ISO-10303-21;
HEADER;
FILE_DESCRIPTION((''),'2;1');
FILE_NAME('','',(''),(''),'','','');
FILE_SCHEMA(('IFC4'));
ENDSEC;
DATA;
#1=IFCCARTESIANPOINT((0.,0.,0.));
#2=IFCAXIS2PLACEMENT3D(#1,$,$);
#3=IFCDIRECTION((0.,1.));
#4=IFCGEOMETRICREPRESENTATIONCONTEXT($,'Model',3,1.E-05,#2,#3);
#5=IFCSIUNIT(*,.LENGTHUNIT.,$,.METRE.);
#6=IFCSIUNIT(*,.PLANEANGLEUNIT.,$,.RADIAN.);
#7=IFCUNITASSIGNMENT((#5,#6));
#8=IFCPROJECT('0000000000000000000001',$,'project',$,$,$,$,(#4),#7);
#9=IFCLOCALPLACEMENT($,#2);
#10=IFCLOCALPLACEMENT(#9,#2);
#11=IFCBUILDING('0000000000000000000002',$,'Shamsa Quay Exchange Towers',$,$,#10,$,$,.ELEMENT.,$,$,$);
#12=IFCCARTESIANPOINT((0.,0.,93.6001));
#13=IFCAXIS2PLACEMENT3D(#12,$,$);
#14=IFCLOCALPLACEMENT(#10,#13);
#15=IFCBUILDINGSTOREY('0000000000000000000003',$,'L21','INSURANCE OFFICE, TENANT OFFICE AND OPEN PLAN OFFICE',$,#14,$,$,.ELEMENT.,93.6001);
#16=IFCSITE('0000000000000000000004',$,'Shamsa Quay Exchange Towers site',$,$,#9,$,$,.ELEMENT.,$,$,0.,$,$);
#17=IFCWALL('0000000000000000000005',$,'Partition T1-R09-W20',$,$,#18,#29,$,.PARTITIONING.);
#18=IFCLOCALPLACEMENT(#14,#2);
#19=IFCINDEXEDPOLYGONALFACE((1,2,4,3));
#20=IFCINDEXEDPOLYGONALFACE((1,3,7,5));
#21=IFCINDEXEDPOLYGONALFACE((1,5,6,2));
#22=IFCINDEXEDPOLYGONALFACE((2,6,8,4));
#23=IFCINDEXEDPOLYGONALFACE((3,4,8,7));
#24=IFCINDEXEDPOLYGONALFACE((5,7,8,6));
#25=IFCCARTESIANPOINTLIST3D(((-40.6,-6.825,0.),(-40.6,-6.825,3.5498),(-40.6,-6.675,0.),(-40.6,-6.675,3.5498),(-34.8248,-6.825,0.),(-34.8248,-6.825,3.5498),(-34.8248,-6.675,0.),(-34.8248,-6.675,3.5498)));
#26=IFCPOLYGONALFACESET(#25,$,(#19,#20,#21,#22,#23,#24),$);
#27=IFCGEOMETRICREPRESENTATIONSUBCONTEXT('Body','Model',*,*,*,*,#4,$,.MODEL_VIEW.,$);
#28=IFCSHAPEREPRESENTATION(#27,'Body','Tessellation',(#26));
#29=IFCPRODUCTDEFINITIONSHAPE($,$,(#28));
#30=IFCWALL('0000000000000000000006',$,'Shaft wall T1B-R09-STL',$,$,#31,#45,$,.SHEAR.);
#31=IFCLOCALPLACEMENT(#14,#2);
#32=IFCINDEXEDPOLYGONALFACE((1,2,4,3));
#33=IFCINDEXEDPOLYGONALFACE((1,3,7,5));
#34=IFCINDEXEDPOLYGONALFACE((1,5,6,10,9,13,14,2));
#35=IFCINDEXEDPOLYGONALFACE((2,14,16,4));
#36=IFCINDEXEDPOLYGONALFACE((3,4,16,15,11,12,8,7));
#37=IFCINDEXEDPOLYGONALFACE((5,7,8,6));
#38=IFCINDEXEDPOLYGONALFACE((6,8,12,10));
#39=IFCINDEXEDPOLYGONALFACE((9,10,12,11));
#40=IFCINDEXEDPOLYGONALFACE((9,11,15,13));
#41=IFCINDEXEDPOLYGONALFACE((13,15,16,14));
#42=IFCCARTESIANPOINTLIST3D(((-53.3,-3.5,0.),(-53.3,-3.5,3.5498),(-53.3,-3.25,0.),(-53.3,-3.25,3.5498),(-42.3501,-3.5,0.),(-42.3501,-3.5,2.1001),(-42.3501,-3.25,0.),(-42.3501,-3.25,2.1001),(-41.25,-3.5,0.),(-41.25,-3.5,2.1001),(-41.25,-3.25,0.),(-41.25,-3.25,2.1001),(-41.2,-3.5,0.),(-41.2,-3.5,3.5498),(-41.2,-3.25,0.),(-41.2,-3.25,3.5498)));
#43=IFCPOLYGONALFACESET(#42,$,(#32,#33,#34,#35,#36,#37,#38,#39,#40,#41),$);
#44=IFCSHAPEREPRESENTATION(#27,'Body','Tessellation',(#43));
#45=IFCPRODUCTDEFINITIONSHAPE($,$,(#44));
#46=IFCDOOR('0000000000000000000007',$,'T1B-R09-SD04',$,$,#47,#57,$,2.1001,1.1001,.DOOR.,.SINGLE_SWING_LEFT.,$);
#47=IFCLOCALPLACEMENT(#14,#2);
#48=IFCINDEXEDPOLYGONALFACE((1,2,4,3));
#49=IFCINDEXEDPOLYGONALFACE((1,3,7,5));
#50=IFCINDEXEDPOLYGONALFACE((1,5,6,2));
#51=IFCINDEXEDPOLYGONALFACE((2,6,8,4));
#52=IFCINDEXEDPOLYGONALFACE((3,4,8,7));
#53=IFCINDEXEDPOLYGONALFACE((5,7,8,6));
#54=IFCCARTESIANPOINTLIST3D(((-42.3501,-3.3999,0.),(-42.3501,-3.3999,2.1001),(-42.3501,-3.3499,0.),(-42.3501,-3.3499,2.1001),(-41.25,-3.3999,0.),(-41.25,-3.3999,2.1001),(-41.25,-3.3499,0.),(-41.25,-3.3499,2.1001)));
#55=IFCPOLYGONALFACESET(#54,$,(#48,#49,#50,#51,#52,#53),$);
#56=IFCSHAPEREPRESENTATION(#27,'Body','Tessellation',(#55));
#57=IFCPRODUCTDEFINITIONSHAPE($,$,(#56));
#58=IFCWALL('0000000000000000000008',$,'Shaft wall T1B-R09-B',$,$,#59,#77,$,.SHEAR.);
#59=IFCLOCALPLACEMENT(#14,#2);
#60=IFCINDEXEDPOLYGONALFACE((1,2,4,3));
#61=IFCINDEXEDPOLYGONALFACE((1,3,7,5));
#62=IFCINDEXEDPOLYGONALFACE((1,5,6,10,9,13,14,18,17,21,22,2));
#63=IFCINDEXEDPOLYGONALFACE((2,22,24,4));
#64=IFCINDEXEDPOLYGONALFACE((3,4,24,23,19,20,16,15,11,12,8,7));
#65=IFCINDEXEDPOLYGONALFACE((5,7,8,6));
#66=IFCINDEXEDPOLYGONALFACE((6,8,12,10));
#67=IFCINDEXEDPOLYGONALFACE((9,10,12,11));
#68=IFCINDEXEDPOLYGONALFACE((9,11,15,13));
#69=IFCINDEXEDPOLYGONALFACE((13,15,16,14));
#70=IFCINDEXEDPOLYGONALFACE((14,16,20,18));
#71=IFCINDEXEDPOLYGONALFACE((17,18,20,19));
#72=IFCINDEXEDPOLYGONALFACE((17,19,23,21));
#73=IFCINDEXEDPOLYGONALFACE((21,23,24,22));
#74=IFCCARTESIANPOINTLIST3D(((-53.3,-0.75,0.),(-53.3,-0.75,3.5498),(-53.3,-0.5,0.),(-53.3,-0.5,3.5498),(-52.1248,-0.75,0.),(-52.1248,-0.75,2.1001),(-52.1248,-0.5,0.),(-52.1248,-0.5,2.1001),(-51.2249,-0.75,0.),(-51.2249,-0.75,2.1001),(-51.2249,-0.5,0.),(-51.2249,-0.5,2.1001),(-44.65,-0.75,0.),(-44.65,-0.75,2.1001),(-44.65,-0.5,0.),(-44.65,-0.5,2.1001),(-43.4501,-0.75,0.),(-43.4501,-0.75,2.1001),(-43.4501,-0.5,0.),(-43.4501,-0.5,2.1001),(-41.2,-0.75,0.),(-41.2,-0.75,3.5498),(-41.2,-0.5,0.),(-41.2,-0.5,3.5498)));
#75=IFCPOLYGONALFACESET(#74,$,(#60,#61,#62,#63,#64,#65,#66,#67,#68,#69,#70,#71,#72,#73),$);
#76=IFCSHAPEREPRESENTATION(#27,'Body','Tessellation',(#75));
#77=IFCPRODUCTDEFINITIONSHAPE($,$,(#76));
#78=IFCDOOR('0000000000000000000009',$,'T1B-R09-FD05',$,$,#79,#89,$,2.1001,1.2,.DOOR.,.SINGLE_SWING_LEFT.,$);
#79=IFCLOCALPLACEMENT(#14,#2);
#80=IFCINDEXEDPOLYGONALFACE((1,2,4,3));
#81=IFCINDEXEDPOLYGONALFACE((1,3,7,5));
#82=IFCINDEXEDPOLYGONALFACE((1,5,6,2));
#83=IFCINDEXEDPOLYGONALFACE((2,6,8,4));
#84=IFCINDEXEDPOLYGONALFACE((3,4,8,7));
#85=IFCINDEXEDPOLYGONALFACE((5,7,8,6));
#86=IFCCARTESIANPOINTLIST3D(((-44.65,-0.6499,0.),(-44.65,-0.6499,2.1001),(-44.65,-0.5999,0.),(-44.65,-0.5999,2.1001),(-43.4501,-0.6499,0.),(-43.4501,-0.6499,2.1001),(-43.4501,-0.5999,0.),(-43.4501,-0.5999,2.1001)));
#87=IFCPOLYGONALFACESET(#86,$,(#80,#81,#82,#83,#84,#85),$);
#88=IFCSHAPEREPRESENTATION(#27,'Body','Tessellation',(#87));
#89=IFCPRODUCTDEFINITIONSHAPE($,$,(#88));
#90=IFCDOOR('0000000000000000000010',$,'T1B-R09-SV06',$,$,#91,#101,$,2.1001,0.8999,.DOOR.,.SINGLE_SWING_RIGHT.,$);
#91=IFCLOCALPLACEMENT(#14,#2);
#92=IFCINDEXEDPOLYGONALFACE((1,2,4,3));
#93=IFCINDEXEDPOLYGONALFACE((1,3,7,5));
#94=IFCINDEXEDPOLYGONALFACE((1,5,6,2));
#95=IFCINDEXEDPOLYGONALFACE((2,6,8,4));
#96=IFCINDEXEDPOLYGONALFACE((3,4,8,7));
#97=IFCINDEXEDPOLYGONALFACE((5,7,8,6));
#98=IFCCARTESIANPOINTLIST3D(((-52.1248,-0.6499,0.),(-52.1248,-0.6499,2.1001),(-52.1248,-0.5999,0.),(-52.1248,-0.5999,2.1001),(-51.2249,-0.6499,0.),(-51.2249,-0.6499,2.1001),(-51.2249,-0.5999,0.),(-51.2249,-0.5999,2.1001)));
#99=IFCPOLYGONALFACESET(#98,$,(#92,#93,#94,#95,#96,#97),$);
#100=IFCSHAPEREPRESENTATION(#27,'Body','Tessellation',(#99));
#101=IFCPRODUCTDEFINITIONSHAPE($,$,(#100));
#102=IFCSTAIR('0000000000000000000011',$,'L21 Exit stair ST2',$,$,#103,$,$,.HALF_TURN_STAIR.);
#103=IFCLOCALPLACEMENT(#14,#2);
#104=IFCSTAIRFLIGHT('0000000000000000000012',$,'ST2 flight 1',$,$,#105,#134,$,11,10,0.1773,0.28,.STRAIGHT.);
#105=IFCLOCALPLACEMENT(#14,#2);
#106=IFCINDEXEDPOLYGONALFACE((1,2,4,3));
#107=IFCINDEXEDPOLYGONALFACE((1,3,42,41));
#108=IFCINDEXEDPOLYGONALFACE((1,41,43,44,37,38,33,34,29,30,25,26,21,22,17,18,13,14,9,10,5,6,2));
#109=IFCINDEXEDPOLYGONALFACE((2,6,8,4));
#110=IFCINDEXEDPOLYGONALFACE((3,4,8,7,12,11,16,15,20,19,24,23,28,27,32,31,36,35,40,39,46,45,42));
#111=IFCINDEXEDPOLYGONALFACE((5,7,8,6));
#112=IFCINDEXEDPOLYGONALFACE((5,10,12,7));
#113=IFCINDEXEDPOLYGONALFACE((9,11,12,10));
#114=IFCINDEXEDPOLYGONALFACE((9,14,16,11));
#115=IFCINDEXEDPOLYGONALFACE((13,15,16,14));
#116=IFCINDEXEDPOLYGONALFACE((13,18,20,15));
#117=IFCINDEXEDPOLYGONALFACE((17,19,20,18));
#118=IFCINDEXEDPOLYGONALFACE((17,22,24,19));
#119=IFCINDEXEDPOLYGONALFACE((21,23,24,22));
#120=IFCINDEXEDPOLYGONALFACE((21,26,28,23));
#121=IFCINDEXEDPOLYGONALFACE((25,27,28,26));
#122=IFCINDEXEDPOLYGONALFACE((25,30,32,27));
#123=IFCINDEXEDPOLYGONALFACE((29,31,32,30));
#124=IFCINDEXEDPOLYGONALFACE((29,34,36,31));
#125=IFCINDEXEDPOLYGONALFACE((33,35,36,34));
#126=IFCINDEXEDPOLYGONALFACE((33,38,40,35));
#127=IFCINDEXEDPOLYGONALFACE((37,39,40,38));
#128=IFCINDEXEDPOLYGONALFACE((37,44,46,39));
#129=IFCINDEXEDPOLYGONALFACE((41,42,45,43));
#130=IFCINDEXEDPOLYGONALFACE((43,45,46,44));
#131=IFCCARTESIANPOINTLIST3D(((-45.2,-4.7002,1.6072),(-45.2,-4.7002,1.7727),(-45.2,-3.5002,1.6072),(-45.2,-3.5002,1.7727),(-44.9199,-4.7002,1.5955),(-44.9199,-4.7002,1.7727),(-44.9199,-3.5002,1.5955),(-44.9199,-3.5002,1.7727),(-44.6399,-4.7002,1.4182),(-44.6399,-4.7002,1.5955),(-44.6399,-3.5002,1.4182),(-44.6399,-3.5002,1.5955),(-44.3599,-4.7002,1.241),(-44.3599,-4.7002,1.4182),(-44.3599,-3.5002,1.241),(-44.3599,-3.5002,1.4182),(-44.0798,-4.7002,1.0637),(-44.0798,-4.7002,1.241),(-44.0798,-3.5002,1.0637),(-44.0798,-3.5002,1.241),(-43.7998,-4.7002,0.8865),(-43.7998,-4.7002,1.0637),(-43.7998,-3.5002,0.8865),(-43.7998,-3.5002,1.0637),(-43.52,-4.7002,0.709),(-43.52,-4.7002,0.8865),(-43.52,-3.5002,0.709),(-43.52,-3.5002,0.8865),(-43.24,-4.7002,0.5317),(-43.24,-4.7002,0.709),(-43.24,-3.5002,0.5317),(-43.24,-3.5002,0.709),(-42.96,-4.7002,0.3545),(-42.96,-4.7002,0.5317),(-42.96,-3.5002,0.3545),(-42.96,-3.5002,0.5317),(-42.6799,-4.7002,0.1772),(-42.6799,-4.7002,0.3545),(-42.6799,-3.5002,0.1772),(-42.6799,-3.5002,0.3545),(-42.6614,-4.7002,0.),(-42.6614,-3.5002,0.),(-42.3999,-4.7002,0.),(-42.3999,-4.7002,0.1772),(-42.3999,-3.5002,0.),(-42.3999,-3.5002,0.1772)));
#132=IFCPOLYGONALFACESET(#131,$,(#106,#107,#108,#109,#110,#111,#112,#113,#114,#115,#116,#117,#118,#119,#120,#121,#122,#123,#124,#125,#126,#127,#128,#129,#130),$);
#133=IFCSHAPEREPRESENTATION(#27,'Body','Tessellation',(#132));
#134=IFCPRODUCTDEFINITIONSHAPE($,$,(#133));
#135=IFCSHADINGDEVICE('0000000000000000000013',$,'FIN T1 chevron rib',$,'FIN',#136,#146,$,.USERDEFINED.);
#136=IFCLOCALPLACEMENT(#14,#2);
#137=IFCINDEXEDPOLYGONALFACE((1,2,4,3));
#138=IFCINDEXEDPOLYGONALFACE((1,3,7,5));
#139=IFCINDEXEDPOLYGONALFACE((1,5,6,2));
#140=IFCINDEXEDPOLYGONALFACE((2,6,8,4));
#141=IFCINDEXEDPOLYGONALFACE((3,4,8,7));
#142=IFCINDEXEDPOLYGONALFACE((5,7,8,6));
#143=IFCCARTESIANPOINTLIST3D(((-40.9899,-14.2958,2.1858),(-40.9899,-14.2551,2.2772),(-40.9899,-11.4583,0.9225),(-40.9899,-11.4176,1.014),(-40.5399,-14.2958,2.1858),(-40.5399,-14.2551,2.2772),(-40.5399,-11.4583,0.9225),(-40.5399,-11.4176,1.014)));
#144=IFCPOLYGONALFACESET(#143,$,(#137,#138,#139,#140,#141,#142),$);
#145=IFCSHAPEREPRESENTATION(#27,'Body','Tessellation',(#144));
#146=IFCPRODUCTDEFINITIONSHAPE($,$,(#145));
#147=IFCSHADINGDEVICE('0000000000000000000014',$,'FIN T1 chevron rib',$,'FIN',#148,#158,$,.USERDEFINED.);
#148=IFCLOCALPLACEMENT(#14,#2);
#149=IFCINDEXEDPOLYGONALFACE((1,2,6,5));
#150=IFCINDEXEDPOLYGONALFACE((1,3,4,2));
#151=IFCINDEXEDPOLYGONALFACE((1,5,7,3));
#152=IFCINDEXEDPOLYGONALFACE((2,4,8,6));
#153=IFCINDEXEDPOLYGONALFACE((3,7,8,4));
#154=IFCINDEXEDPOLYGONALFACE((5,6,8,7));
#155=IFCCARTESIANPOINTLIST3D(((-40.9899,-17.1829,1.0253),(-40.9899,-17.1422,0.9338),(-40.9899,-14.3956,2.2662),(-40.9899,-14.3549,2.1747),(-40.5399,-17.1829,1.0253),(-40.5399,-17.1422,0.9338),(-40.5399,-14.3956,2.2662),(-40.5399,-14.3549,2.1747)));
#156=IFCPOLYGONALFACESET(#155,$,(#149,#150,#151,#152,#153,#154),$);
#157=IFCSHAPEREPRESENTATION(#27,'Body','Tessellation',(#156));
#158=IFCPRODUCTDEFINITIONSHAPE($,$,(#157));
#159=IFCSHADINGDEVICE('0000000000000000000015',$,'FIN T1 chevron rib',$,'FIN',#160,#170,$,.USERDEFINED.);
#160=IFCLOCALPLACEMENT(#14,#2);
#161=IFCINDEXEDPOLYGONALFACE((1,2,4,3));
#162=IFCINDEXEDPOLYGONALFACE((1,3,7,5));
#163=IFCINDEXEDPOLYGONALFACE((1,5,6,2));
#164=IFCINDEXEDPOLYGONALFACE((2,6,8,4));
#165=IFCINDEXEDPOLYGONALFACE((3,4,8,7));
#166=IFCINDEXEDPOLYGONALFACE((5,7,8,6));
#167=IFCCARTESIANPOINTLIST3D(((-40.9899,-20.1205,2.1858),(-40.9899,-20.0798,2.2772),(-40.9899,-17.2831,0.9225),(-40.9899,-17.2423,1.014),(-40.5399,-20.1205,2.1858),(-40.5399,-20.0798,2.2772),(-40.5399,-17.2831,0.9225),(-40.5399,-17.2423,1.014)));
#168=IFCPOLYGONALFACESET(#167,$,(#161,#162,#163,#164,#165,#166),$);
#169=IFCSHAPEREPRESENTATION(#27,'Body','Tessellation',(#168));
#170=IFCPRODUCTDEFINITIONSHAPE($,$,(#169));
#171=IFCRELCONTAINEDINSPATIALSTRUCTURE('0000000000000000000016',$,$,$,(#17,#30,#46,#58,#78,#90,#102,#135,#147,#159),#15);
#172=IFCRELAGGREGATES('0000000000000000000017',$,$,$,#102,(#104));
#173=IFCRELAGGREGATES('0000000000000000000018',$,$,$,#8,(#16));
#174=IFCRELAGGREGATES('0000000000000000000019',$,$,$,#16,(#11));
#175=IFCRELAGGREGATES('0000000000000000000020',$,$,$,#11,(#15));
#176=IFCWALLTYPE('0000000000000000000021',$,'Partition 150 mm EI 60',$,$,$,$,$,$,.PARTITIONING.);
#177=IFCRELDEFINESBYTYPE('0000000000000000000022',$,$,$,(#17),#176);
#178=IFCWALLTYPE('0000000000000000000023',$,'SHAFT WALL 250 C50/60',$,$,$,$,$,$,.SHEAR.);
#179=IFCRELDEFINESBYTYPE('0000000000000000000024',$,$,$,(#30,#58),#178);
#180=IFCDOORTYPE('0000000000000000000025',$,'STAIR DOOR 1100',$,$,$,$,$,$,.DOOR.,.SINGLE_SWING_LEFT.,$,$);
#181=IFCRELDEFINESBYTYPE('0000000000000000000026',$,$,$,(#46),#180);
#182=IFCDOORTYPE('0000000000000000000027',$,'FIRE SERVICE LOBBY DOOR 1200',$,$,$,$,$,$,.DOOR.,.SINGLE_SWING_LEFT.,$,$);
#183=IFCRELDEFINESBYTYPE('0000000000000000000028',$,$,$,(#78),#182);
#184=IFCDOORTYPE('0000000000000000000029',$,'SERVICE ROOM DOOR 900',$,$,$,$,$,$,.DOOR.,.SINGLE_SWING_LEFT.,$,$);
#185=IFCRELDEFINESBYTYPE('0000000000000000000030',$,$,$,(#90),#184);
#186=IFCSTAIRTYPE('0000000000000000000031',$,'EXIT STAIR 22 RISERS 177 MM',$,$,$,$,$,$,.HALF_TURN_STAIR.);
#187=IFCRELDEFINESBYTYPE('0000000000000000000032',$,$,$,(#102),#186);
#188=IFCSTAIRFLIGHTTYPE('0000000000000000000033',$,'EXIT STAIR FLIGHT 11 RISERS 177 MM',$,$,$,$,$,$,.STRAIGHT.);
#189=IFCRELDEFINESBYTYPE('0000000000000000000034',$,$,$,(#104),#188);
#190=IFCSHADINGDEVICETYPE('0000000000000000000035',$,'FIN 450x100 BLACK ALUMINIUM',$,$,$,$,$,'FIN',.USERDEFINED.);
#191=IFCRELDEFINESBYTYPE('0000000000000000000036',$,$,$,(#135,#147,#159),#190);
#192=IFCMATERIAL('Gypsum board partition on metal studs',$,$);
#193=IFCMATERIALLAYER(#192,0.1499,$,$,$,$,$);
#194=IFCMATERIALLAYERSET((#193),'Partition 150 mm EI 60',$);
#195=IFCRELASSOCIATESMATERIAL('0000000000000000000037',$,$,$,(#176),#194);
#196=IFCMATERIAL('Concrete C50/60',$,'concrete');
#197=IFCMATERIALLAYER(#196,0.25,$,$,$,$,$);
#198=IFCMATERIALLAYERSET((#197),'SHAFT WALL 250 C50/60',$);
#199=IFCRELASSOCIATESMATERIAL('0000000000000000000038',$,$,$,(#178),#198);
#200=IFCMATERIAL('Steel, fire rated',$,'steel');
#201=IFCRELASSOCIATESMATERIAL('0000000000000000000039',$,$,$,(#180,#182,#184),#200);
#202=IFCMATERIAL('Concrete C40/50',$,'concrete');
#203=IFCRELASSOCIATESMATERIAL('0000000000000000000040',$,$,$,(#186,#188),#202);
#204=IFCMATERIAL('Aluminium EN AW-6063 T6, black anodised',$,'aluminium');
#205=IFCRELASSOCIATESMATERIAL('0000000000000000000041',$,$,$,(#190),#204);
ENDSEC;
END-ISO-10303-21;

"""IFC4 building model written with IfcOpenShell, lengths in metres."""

from ifc_helpers import new_model, si_unit, direction, frame, frame_2d, origin, origin_2d, place, context, subcontext, project, spatial, polyline, rectangle, outline, extrude, material, layer, layer_set, material_profile, profile_set, type_object, element, fill, aggregate, save


model = new_model("IFC4")

# Units and contexts
model_context = context("Model", 3, precision=1e-05, world=origin(), true_north=direction((0.0, 1.0)))
body_context = subcontext(model_context, "Body", "Model", "MODEL_VIEW")
ifc_project = project(units=[si_unit("LENGTHUNIT", "METRE"), si_unit("PLANEANGLEUNIT", "RADIAN")], contexts=[model_context])

# Site, building, storey
site_placement = place(None, origin())
site = spatial("IfcSite", under=ifc_project, at=site_placement, Name="Shamsa Quay Exchange Towers site", CompositionType="ELEMENT", RefElevation=0.0)
building_placement = place(site_placement, origin())
building = spatial("IfcBuilding", under=site, at=building_placement, Name="Shamsa Quay Exchange Towers", CompositionType="ELEMENT")
storey_placement = place(building_placement, frame((0.0, 0.0, 93.6001)))
storey = spatial("IfcBuildingStorey", under=building, at=storey_placement, Name="L21", Description="INSURANCE OFFICE, TENANT OFFICE AND OPEN PLAN OFFICE", CompositionType="ELEMENT", Elevation=93.6001)

# Shared definitions
ifc_material_1 = material(Name="Aluminium EN AW-6063 T6, black anodised", Category="aluminium")

# Shared definitions
ifc_material_2 = material(Name="Steel, fire rated", Category="steel")
ifc_material_3 = material(Name="Gypsum board partition on metal studs")

# Wall
ifc_layer_1 = layer(ifc_material_3, 0.1499)
ifc_layer_set_1 = layer_set([ifc_layer_1], Name="Partition 150 mm EI 60")
wall_type_1 = type_object("IfcWallType", Name="Partition 150 mm EI 60", PredefinedType="PARTITIONING", material=ifc_layer_set_1)
wall_1_placement = place(storey_placement, frame((-40.6001, -6.75, 0.0)))
element("IfcWall", 1, at=wall_1_placement, inside=storey, type_object=wall_type_1, Name="Partition T1-R09-W20", PredefinedType="PARTITIONING", context=body_context, shape_type="SweptSolid", body=[
    extrude(rectangle(XDim=5.7751, YDim=0.1499, at=frame_2d((2.8877, 0.0))), origin(), (0.0, 0.0, 1.0), 3.5498),
])

# Wall, opening, door
ifc_material_4 = material(Name="Concrete C50/60", Category="concrete")
ifc_layer_2 = layer(ifc_material_4, 0.25)
ifc_layer_set_2 = layer_set([ifc_layer_2], Name="SHAFT WALL 250 C50/60")
wall_type_2 = type_object("IfcWallType", Name="SHAFT WALL 250 C50/60", PredefinedType="SHEAR", material=ifc_layer_set_2)
wall_2_placement = place(storey_placement, frame((-41.2, -3.375, 0.0), z_axis=(0.0, 0.0, 1.0), x_axis=(-1.0, 0.0, 0.0)))
wall_2 = element("IfcWall", 2, at=wall_2_placement, inside=storey, type_object=wall_type_2, Name="Shaft wall T1B-R09-STL", PredefinedType="SHEAR", context=body_context, shape_type="SweptSolid", body=[
    extrude(rectangle(XDim=12.1001, YDim=0.25, at=frame_2d((6.05, 0.0))), origin(), (0.0, 0.0, 1.0), 3.5498),
])
opening_1_placement = place(wall_2_placement, frame((0.05, 0.0, 0.0)))
opening_1 = element("IfcOpeningElement", 3, at=opening_1_placement, cuts=wall_2, PredefinedType="OPENING", context=body_context, shape_type="SweptSolid", body=[
    extrude(rectangle(XDim=1.1001, YDim=2.1001, at=frame_2d((0.55, 1.05))), frame((0.0, 0.135, 0.0), z_axis=(0.0, -1.0, 0.0), x_axis=(1.0, 0.0, 0.0)), (0.0, 0.0, 1.0), 0.27),
])
door_type_1 = type_object("IfcDoorType", Name="STAIR DOOR 1100", OperationType="SINGLE_SWING_LEFT", PredefinedType="DOOR", material=ifc_material_2)
door_1_placement = place(opening_1_placement, origin())
door_1 = element("IfcDoor", 4, at=door_1_placement, inside=storey, type_object=door_type_1, Name="T1B-R09-SD04", OperationType="SINGLE_SWING_LEFT", OverallHeight=2.1001, OverallWidth=1.1001, PredefinedType="DOOR", context=body_context, shape_type="SweptSolid", body=[
    extrude(rectangle(XDim=1.1001, YDim=2.1001, at=frame_2d((0.55, 1.05))), frame((0.0, 0.0249, 0.0), z_axis=(0.0, -1.0, 0.0), x_axis=(1.0, 0.0, 0.0)), (0.0, 0.0, 1.0), 0.05),
])
fill(opening_1, door_1)

# Wall, openings, doors
wall_3_placement = place(storey_placement, frame((-41.2, -0.625, 0.0), z_axis=(0.0, 0.0, 1.0), x_axis=(-1.0, 0.0, 0.0)))
wall_3 = element("IfcWall", 5, at=wall_3_placement, inside=storey, type_object=wall_type_2, Name="Shaft wall T1B-R09-B", PredefinedType="SHEAR", context=body_context, shape_type="SweptSolid", body=[
    extrude(rectangle(XDim=12.1001, YDim=0.25, at=frame_2d((6.05, 0.0))), origin(), (0.0, 0.0, 1.0), 3.5498),
])
opening_2_placement = place(wall_3_placement, frame((2.25, 0.0, 0.0)))
opening_2 = element("IfcOpeningElement", 6, at=opening_2_placement, cuts=wall_3, PredefinedType="OPENING", context=body_context, shape_type="SweptSolid", body=[
    extrude(rectangle(XDim=1.2, YDim=2.1001, at=frame_2d((0.6001, 1.05))), frame((0.0, 0.135, 0.0), z_axis=(0.0, -1.0, 0.0), x_axis=(1.0, 0.0, 0.0)), (0.0, 0.0, 1.0), 0.27),
])
opening_3_placement = place(wall_3_placement, frame((10.0249, 0.0, 0.0)))
opening_3 = element("IfcOpeningElement", 7, at=opening_3_placement, cuts=wall_3, PredefinedType="OPENING", context=body_context, shape_type="SweptSolid", body=[
    extrude(rectangle(XDim=0.8999, YDim=2.1001, at=frame_2d((0.45, 1.05))), frame((0.0, 0.135, 0.0), z_axis=(0.0, -1.0, 0.0), x_axis=(1.0, 0.0, 0.0)), (0.0, 0.0, 1.0), 0.27),
])
door_type_2 = type_object("IfcDoorType", Name="FIRE SERVICE LOBBY DOOR 1200", OperationType="SINGLE_SWING_LEFT", PredefinedType="DOOR", material=ifc_material_2)
door_2_placement = place(opening_2_placement, origin())
door_2 = element("IfcDoor", 8, at=door_2_placement, inside=storey, type_object=door_type_2, Name="T1B-R09-FD05", OperationType="SINGLE_SWING_LEFT", OverallHeight=2.1001, OverallWidth=1.2, PredefinedType="DOOR", context=body_context, shape_type="SweptSolid", body=[
    extrude(rectangle(XDim=1.2, YDim=2.1001, at=frame_2d((0.6001, 1.05))), frame((0.0, 0.0249, 0.0), z_axis=(0.0, -1.0, 0.0), x_axis=(1.0, 0.0, 0.0)), (0.0, 0.0, 1.0), 0.05),
])
fill(opening_2, door_2)
door_type_3 = type_object("IfcDoorType", Name="SERVICE ROOM DOOR 900", OperationType="SINGLE_SWING_LEFT", PredefinedType="DOOR", material=ifc_material_2)
door_3_placement = place(opening_3_placement, origin())
door_3 = element("IfcDoor", 9, at=door_3_placement, inside=storey, type_object=door_type_3, Name="T1B-R09-SV06", OperationType="SINGLE_SWING_RIGHT", OverallHeight=2.1001, OverallWidth=0.8999, PredefinedType="DOOR", context=body_context, shape_type="SweptSolid", body=[
    extrude(rectangle(XDim=0.8999, YDim=2.1001, at=frame_2d((0.45, 1.05))), frame((0.0, 0.0249, 0.0), z_axis=(0.0, -1.0, 0.0), x_axis=(1.0, 0.0, 0.0)), (0.0, 0.0, 1.0), 0.05),
])
fill(opening_3, door_3)

# Stair, stair flight
ifc_material_5 = material(Name="Concrete C40/50", Category="concrete")
stair_type = type_object("IfcStairType", Name="EXIT STAIR 22 RISERS 177 MM", PredefinedType="HALF_TURN_STAIR", material=ifc_material_5)
stair_placement = place(storey_placement, origin())
stair = element("IfcStair", 10, at=stair_placement, inside=storey, type_object=stair_type, Name="L21 Exit stair ST2", PredefinedType="HALF_TURN_STAIR")
stair_flight_type = type_object("IfcStairFlightType", Name="EXIT STAIR FLIGHT 11 RISERS 177 MM", PredefinedType="STRAIGHT", material=ifc_material_5)
stair_flight_placement = place(storey_placement, frame((-42.3999, -4.1001, 0.0), z_axis=(0.0, 0.0, 1.0), x_axis=(-1.0, 0.0, 0.0)))
stair_flight = element("IfcStairFlight", 11, at=stair_flight_placement, type_object=stair_flight_type, Name="ST2 flight 1", NumberOfRisers=11, NumberOfTreads=10, PredefinedType="STRAIGHT", RiserHeight=0.1773, TreadLength=0.28, context=body_context, shape_type="SweptSolid", body=[
    extrude(outline(polyline([(0.0, 0.0), (0.0, 0.1772), (0.28, 0.1772), (0.28, 0.3545), (0.5601, 0.3545), (0.5601, 0.5317), (0.8401, 0.5317), (0.8401, 0.709), (1.1201, 0.709), (1.1201, 0.8865), (1.3999, 0.8865), (1.3999, 1.0637), (1.6799, 1.0637), (1.6799, 1.241), (1.96, 1.241), (1.96, 1.4182), (2.24, 1.4182), (2.24, 1.5955), (2.52, 1.5955), (2.52, 1.7727), (2.8, 1.7727), (2.8, 1.95), (2.8, 1.6072), (0.2615, 0.0), (0.0, 0.0)])), frame((0.0, 0.6001, 0.0), z_axis=(0.0, -1.0, 0.0), x_axis=(1.0, 0.0, 0.0)), (0.0, 0.0, 1.0), 1.2),
])
aggregate(stair, [stair_flight])

# Shading devices
ifc_material_profile_1 = material_profile(ifc_material_1, rectangle(XDim=0.45, YDim=0.1001, at=origin_2d()), Name="FIN450x100")
ifc_profile_set_1 = profile_set([ifc_material_profile_1], Name="Aluminium EN AW-6063 T6, black anodised")
shading_device_type = type_object("IfcShadingDeviceType", Name="FIN 450x100 BLACK ALUMINIUM", ElementType="FIN", PredefinedType="USERDEFINED", material=ifc_profile_set_1)
shading_device_1_placement = place(storey_placement, frame((-40.7649, -11.438, 0.9683), z_axis=(0.0, -0.913559, 0.406707), x_axis=(1.0, 0.0, 0.0)))
element("IfcShadingDevice", 12, at=shading_device_1_placement, inside=storey, type_object=shading_device_type, Name="FIN T1 chevron rib", ObjectType="FIN", PredefinedType="USERDEFINED", context=body_context, shape_type="SweptSolid", body=[
    extrude(rectangle(XDim=0.45, YDim=0.1001, at=origin_2d()), origin(), (0.0, 0.0, 1.0), 3.106),
])
shading_device_2_placement = place(storey_placement, frame((-40.7649, -14.3752, 2.2205), z_axis=(0.0, -0.913551, -0.406725), x_axis=(1.0, 0.0, 0.0)))
element("IfcShadingDevice", 13, at=shading_device_2_placement, inside=storey, type_object=shading_device_type, Name="FIN T1 chevron rib", ObjectType="FIN", PredefinedType="USERDEFINED", context=body_context, shape_type="SweptSolid", body=[
    extrude(rectangle(XDim=0.45, YDim=0.1001, at=origin_2d()), origin(), (0.0, 0.0, 1.0), 3.051),
])
shading_device_3_placement = place(storey_placement, frame((-40.7649, -17.2627, 0.9683), z_axis=(0.0, -0.913559, 0.406707), x_axis=(1.0, 0.0, 0.0)))
element("IfcShadingDevice", 14, at=shading_device_3_placement, inside=storey, type_object=shading_device_type, Name="FIN T1 chevron rib", ObjectType="FIN", PredefinedType="USERDEFINED", context=body_context, shape_type="SweptSolid", body=[
    extrude(rectangle(XDim=0.45, YDim=0.1001, at=origin_2d()), origin(), (0.0, 0.0, 1.0), 3.106),
])

save(model, "model.ifc")
